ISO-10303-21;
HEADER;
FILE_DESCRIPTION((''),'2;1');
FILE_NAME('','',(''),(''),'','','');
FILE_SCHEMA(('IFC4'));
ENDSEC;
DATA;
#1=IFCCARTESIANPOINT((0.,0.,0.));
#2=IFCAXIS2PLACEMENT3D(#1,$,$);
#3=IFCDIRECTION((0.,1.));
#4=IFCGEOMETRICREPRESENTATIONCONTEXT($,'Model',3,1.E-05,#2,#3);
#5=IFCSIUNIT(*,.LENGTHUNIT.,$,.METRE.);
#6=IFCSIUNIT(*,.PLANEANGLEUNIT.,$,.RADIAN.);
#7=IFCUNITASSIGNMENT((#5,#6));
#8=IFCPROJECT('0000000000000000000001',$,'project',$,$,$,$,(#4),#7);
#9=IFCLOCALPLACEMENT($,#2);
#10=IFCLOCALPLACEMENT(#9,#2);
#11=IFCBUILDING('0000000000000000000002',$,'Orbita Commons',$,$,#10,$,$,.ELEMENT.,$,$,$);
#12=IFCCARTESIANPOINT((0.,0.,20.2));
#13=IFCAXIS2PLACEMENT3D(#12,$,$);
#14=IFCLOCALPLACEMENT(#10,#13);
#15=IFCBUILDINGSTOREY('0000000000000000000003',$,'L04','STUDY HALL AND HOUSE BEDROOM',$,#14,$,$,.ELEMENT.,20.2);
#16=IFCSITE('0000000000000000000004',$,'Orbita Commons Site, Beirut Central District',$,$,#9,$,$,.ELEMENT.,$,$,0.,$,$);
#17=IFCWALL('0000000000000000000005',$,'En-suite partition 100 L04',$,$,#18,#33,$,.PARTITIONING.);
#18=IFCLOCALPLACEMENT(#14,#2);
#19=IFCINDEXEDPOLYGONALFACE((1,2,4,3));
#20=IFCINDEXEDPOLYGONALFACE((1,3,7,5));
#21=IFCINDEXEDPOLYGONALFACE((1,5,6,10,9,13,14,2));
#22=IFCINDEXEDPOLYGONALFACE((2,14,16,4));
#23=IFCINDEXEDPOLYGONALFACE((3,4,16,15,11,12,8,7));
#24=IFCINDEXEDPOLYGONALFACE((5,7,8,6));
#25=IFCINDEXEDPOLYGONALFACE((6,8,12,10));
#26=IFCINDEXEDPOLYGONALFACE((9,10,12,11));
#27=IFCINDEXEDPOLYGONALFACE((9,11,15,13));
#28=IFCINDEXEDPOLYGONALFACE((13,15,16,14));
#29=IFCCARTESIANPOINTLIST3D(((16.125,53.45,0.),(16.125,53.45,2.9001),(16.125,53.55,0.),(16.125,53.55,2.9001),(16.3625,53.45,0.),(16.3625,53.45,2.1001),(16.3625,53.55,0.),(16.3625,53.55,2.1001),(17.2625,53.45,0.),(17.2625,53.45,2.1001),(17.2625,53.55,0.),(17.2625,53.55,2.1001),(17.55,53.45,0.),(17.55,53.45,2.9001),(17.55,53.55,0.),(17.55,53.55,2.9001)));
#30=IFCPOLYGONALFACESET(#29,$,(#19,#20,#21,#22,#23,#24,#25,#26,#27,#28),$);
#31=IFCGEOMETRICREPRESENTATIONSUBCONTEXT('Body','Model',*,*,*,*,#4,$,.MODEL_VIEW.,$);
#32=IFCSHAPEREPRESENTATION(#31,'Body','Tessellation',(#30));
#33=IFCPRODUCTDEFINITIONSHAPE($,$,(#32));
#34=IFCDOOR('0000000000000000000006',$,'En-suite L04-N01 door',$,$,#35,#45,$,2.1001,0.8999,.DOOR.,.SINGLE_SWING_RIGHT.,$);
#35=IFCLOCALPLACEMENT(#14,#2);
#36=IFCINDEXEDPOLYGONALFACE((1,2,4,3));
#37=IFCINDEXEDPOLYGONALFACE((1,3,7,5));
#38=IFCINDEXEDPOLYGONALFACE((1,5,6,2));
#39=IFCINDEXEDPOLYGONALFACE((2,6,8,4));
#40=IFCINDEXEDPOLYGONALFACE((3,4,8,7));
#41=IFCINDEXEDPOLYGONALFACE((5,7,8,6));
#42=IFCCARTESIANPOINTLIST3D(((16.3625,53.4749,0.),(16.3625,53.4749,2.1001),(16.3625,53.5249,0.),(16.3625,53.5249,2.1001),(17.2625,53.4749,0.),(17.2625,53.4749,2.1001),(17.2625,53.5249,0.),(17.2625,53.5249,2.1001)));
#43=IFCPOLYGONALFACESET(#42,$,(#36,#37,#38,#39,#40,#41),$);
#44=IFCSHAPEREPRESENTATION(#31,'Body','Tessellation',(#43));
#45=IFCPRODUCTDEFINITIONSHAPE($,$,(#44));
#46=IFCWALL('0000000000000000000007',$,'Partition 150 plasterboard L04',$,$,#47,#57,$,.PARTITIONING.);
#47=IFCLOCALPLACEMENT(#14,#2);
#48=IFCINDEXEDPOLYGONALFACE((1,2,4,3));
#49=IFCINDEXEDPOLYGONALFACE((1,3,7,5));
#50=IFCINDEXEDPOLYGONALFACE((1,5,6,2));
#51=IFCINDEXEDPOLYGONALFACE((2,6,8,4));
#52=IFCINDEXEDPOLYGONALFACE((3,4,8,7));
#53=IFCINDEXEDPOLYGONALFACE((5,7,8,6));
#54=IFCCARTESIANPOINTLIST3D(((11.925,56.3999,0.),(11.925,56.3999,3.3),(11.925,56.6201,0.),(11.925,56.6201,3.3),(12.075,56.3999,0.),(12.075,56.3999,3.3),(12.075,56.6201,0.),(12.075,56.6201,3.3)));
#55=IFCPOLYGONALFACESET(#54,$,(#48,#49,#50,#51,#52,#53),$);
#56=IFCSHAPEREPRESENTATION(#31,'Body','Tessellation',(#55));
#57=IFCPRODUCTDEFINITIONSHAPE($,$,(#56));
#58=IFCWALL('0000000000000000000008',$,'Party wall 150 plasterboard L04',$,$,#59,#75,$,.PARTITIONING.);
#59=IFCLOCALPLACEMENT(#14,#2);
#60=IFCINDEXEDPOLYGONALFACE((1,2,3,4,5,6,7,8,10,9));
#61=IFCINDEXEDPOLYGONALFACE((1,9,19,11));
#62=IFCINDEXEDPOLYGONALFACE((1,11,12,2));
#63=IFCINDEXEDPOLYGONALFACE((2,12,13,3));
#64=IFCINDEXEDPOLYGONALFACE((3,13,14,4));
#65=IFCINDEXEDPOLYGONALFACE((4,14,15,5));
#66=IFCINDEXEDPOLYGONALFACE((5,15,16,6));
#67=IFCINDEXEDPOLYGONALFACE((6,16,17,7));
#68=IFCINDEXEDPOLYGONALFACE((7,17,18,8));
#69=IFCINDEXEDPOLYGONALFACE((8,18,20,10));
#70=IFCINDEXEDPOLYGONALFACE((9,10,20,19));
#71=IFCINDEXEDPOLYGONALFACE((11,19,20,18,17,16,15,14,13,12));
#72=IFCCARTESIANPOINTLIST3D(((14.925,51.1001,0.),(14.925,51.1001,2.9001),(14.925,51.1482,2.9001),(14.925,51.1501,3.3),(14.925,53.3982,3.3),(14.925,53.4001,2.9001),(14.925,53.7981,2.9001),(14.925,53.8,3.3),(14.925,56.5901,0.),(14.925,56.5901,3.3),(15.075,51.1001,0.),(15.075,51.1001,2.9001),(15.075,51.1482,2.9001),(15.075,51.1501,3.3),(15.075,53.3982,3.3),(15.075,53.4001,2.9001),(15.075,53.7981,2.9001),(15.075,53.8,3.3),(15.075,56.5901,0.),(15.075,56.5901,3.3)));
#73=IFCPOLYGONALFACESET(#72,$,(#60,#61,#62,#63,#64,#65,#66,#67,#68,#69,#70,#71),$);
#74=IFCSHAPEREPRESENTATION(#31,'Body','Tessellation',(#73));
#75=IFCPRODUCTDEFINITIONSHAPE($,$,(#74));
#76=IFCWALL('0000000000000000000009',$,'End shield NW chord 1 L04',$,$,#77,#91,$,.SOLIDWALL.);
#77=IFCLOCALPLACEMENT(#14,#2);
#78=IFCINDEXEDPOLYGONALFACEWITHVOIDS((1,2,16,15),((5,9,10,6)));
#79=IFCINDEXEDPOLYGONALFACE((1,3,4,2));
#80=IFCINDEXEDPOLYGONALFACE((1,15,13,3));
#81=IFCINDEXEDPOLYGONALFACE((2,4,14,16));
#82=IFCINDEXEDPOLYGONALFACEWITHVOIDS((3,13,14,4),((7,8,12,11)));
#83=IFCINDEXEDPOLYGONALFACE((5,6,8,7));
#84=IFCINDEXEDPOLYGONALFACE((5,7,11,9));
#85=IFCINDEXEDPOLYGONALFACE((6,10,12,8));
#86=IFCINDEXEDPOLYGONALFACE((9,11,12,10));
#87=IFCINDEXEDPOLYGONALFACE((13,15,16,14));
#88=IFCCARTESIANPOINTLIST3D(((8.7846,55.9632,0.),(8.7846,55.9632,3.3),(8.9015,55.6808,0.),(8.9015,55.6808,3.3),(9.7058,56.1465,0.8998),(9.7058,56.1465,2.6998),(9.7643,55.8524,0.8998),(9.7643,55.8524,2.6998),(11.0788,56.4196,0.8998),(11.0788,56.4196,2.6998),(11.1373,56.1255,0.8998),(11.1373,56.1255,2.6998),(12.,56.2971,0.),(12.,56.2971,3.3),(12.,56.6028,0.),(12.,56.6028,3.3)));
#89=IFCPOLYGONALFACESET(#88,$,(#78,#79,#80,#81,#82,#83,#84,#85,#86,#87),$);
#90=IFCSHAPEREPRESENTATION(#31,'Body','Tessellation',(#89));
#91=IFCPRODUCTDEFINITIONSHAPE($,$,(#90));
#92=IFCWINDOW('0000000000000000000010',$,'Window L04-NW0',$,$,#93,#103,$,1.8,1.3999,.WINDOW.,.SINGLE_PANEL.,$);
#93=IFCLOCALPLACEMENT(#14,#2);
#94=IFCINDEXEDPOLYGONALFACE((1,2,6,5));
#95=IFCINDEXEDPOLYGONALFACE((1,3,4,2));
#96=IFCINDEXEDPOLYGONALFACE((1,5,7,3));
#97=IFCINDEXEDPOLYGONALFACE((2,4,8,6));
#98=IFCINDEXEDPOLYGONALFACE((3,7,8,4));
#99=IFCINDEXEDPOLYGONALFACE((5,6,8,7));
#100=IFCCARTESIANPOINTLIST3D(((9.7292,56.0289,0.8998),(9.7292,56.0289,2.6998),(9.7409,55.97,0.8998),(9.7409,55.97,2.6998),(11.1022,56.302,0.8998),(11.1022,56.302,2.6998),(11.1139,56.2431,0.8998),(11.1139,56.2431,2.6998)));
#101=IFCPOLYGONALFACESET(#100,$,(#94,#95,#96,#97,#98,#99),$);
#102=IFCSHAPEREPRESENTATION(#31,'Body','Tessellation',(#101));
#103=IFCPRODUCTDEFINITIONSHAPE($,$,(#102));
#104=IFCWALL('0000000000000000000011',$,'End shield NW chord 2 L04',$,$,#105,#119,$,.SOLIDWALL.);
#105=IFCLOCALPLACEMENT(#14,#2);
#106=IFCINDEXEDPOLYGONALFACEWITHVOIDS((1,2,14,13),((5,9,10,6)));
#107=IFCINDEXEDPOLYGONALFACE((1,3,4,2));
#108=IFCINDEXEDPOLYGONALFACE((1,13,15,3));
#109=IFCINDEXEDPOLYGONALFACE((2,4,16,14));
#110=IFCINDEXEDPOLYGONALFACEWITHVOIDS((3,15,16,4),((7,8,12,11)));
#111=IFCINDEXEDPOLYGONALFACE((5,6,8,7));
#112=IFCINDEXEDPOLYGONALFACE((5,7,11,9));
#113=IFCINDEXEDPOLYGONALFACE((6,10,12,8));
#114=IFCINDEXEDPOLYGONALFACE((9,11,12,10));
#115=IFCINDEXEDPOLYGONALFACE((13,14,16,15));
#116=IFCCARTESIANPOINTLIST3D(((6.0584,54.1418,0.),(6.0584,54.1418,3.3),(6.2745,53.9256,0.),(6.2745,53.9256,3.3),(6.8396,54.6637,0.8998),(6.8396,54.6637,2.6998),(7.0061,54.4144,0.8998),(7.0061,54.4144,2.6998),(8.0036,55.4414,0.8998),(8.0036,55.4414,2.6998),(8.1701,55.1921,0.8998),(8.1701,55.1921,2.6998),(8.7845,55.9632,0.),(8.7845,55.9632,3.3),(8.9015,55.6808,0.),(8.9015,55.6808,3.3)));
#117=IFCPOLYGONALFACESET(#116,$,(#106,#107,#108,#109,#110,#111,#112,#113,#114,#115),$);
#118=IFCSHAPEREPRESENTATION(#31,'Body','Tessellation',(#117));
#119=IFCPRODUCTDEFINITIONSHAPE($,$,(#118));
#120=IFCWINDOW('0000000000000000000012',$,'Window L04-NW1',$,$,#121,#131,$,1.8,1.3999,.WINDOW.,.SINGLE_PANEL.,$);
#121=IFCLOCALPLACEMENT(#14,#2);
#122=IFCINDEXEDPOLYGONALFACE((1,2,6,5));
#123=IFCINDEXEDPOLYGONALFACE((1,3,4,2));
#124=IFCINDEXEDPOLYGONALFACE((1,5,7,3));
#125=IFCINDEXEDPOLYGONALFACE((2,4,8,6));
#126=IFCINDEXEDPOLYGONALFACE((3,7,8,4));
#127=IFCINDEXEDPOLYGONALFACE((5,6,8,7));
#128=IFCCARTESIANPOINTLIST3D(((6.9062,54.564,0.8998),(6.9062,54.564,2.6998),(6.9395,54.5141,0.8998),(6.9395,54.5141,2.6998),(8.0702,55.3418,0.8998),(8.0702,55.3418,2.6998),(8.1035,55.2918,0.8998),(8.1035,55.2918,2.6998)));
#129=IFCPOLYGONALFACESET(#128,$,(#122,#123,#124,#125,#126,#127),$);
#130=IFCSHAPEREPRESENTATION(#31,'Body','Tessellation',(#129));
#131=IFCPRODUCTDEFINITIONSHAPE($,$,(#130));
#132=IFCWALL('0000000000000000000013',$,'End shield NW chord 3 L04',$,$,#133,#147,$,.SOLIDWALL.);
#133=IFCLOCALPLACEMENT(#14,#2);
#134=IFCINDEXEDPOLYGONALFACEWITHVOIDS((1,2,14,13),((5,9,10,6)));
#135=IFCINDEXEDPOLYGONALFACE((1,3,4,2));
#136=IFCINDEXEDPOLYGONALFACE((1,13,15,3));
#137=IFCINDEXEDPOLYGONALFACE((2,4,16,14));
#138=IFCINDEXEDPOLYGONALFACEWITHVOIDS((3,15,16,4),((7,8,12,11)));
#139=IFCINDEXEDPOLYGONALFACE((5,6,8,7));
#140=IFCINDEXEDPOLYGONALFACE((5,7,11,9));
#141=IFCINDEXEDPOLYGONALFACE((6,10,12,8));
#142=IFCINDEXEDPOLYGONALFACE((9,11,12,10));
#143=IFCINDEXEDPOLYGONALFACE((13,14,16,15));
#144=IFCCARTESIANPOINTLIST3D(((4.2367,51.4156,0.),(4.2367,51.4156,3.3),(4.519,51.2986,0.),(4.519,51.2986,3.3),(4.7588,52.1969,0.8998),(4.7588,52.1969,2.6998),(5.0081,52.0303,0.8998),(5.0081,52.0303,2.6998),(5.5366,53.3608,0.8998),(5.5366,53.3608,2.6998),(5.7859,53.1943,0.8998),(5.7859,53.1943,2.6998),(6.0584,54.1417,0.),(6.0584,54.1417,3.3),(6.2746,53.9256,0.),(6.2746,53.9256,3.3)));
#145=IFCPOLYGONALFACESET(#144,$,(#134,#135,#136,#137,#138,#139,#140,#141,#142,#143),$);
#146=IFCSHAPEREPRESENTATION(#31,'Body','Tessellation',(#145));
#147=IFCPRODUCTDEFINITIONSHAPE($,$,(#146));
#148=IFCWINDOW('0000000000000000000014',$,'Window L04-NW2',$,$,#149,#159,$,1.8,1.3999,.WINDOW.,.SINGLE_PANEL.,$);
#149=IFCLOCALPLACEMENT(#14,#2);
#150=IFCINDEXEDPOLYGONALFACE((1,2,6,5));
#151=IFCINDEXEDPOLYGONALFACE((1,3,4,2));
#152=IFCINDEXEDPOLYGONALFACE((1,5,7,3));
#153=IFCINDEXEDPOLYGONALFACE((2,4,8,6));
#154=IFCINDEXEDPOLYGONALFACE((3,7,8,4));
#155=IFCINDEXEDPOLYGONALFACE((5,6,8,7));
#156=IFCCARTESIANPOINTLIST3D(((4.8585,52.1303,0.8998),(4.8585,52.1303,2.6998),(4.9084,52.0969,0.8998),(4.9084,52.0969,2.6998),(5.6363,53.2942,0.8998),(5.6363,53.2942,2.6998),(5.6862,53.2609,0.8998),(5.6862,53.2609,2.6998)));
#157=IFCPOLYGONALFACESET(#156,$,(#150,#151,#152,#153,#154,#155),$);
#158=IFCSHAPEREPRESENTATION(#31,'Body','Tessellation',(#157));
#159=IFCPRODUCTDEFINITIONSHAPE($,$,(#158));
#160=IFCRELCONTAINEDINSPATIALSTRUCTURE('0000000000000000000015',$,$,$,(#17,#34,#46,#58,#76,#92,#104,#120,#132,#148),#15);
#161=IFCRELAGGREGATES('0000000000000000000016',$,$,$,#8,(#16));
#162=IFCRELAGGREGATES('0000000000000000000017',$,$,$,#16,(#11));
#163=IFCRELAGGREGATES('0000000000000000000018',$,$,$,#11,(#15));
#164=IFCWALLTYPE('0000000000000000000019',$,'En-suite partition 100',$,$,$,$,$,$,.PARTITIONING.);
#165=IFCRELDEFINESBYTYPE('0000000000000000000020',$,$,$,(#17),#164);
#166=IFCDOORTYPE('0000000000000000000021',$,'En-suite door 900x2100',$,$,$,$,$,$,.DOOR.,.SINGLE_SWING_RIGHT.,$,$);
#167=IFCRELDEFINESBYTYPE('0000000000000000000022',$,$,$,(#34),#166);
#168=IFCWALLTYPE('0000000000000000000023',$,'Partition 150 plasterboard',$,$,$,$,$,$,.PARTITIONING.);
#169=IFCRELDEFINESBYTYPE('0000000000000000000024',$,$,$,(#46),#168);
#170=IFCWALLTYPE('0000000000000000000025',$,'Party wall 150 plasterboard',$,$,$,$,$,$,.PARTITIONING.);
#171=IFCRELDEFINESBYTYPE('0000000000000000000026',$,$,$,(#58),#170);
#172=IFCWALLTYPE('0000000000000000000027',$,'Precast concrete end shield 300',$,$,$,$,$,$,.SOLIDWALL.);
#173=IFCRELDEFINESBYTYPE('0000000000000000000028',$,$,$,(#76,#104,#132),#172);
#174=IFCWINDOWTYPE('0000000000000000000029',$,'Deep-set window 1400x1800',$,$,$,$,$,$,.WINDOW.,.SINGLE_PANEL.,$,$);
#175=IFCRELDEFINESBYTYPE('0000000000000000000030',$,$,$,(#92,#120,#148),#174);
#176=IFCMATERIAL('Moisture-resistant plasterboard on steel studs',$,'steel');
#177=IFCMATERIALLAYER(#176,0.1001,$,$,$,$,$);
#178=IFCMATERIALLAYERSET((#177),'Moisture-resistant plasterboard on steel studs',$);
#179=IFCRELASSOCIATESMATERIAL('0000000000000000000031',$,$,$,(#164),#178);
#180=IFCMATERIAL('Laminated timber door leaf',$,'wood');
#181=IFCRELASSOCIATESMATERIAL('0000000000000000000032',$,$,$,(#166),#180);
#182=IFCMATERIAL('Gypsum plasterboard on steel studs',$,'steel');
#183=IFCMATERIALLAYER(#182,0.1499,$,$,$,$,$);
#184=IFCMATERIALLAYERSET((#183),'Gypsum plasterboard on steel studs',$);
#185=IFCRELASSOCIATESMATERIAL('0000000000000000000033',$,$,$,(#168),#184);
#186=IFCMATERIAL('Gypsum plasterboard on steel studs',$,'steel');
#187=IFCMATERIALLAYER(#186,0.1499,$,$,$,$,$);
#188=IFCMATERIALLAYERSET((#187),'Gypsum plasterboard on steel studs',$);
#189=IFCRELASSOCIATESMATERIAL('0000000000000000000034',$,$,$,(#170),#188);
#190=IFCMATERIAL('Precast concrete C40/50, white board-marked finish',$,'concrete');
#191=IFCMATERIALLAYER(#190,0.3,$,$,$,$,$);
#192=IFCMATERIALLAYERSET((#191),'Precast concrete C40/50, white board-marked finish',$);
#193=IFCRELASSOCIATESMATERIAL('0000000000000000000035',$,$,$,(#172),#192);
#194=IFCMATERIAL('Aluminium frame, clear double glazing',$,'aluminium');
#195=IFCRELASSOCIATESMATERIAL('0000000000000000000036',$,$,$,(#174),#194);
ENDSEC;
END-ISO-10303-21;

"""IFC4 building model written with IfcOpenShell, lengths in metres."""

from ifc_helpers import new_model, si_unit, direction, frame, frame_2d, origin, place, context, subcontext, project, spatial, polyline, rectangle, outline, extrude, material, layer, layer_set, type_object, element, fill, save


model = new_model("IFC4")

# Units and contexts
model_context = context("Model", 3, precision=1e-05, world=origin(), true_north=direction((0.0, 1.0)))
body_context = subcontext(model_context, "Body", "Model", "MODEL_VIEW")
ifc_project = project(units=[si_unit("LENGTHUNIT", "METRE"), si_unit("PLANEANGLEUNIT", "RADIAN")], contexts=[model_context])

# Site, building, storey
site_placement = place(None, origin())
site = spatial("IfcSite", under=ifc_project, at=site_placement, Name="Orbita Commons Site, Beirut Central District", CompositionType="ELEMENT", RefElevation=0.0)
building_placement = place(site_placement, origin())
building = spatial("IfcBuilding", under=site, at=building_placement, Name="Orbita Commons", CompositionType="ELEMENT")
storey_placement = place(building_placement, frame((0.0, 0.0, 20.2)))
storey = spatial("IfcBuildingStorey", under=building, at=storey_placement, Name="L04", Description="STUDY HALL AND HOUSE BEDROOM", CompositionType="ELEMENT", Elevation=20.2)

# Wall, opening, door
ifc_material_1 = material(Name="Moisture-resistant plasterboard on steel studs", Category="steel")
ifc_layer_1 = layer(ifc_material_1, 0.1001)
ifc_layer_set_1 = layer_set([ifc_layer_1], Name="Moisture-resistant plasterboard on steel studs")
wall_type_1 = type_object("IfcWallType", Name="En-suite partition 100", PredefinedType="PARTITIONING", material=ifc_layer_set_1)
ifc_material_2 = material(Name="Laminated timber door leaf", Category="wood")
door_type = type_object("IfcDoorType", Name="En-suite door 900x2100", OperationType="SINGLE_SWING_RIGHT", PredefinedType="DOOR", material=ifc_material_2)
wall_1_placement = place(storey_placement, frame((16.125, 53.5, 0.0), z_axis=(0.0, 0.0, 1.0), x_axis=(1.0, 0.0, 0.0)))
wall_1 = element("IfcWall", 1, at=wall_1_placement, inside=storey, type_object=wall_type_1, Name="En-suite partition 100 L04", PredefinedType="PARTITIONING", context=body_context, shape_type="SweptSolid", body=[
    extrude(outline(polyline([(0.0, 0.0), (1.425, 0.0), (1.425, 2.9001), (0.0, 2.9001), (0.0, 0.0)])), frame((0.0, 0.05, 0.0), z_axis=(0.0, -1.0, 0.0), x_axis=(1.0, 0.0, 0.0)), (0.0, 0.0, 1.0), 0.1001),
])
opening_1_placement = place(wall_1_placement, frame((0.2375, 0.0, 0.0)))
opening_1 = element("IfcOpeningElement", 2, at=opening_1_placement, cuts=wall_1, PredefinedType="OPENING", context=body_context, shape_type="SweptSolid", body=[
    extrude(rectangle(XDim=0.8999, YDim=2.1001, at=frame_2d((0.45, 1.05))), frame((0.0, 0.0601, 0.0), z_axis=(0.0, -1.0, 0.0), x_axis=(1.0, 0.0, 0.0)), (0.0, 0.0, 1.0), 0.1201),
])
door_1_placement = place(opening_1_placement, origin())
door_1 = element("IfcDoor", 3, at=door_1_placement, inside=storey, type_object=door_type, Name="En-suite L04-N01 door", OperationType="SINGLE_SWING_RIGHT", OverallHeight=2.1001, OverallWidth=0.8999, PredefinedType="DOOR", context=body_context, shape_type="SweptSolid", body=[
    extrude(rectangle(XDim=0.8999, YDim=2.1001, at=frame_2d((0.45, 1.05))), frame((0.0, 0.0249, 0.0), z_axis=(0.0, -1.0, 0.0), x_axis=(1.0, 0.0, 0.0)), (0.0, 0.0, 1.0), 0.05),
])
fill(opening_1, door_1)

# Walls
ifc_material_3 = material(Name="Gypsum plasterboard on steel studs", Category="steel")
ifc_layer_2 = layer(ifc_material_3, 0.1499)
ifc_layer_set_2 = layer_set([ifc_layer_2], Name="Gypsum plasterboard on steel studs")
wall_type_2 = type_object("IfcWallType", Name="Partition 150 plasterboard", PredefinedType="PARTITIONING", material=ifc_layer_set_2)
wall_2_placement = place(storey_placement, frame((12.0, 56.3999, 0.0), z_axis=(0.0, 0.0, 1.0), x_axis=(0.0, 1.0, 0.0)))
element("IfcWall", 4, at=wall_2_placement, inside=storey, type_object=wall_type_2, Name="Partition 150 plasterboard L04", PredefinedType="PARTITIONING", context=body_context, shape_type="SweptSolid", body=[
    extrude(rectangle(XDim=0.2202, YDim=0.1499, at=frame_2d((0.1101, 0.0))), origin(), (0.0, 0.0, 1.0), 3.3),
])
ifc_material_4 = material(Name="Gypsum plasterboard on steel studs", Category="steel")
ifc_layer_3 = layer(ifc_material_4, 0.1499)
ifc_layer_set_3 = layer_set([ifc_layer_3], Name="Gypsum plasterboard on steel studs")
wall_type_3 = type_object("IfcWallType", Name="Party wall 150 plasterboard", PredefinedType="PARTITIONING", material=ifc_layer_set_3)
wall_3_placement = place(storey_placement, frame((15.0, 56.5901, 0.0), z_axis=(0.0, 0.0, 1.0), x_axis=(0.0, -1.0, 0.0)))
element("IfcWall", 5, at=wall_3_placement, inside=storey, type_object=wall_type_3, Name="Party wall 150 plasterboard L04", PredefinedType="PARTITIONING", context=body_context, shape_type="SweptSolid", body=[
    extrude(outline(polyline([(0.0, 0.0), (5.49, 0.0), (5.49, 2.9001), (5.4419, 2.9001), (5.4399, 3.3), (3.1919, 3.3), (3.1899, 2.9001), (2.792, 2.9001), (2.79, 3.3), (0.0, 3.3), (0.0, 0.0)])), frame((0.0, 0.075, 0.0), z_axis=(0.0, -1.0, 0.0), x_axis=(1.0, 0.0, 0.0)), (0.0, 0.0, 1.0), 0.1499),
])

# Walls, openings, windows
ifc_material_5 = material(Name="Precast concrete C40/50, white board-marked finish", Category="concrete")
ifc_layer_4 = layer(ifc_material_5, 0.3)
ifc_layer_set_4 = layer_set([ifc_layer_4], Name="Precast concrete C40/50, white board-marked finish")
wall_type_4 = type_object("IfcWallType", Name="Precast concrete end shield 300", PredefinedType="SOLIDWALL", material=ifc_layer_set_4)
wall_4_placement = place(storey_placement, frame((12.0, 56.45, 0.0), z_axis=(0.0, 0.0, 1.0), x_axis=(-0.980787, -0.19508, 0.0)))
wall_4 = element("IfcWall", 6, at=wall_4_placement, inside=storey, type_object=wall_type_4, Name="End shield NW chord 1 L04", PredefinedType="SOLIDWALL", context=body_context, shape_type="SweptSolid", body=[
    extrude(outline(polyline([(-0.0298, -0.1499), (3.2485, -0.1499), (3.189, 0.1499), (0.0298, 0.1499), (-0.0298, -0.1499)])), origin(), (0.0, 0.0, 1.0), 3.3),
])
opening_2_placement = place(wall_4_placement, frame((0.9094, 0.0, 0.8999)))
opening_2 = element("IfcOpeningElement", 7, at=opening_2_placement, cuts=wall_4, PredefinedType="OPENING", context=body_context, shape_type="SweptSolid", body=[
    extrude(rectangle(XDim=1.3999, YDim=1.8, at=frame_2d((0.7, 0.8999))), frame((0.0, 0.1599, 0.0), z_axis=(0.0, -1.0, 0.0), x_axis=(1.0, 0.0, 0.0)), (0.0, 0.0, 1.0), 0.3201),
])
ifc_material_6 = material(Name="Aluminium frame, clear double glazing", Category="aluminium")
window_type = type_object("IfcWindowType", Name="Deep-set window 1400x1800", PartitioningType="SINGLE_PANEL", PredefinedType="WINDOW", material=ifc_material_6)
window_1_placement = place(opening_2_placement, origin())
window_1 = element("IfcWindow", 8, at=window_1_placement, inside=storey, type_object=window_type, Name="Window L04-NW0", OverallHeight=1.8, OverallWidth=1.3999, PartitioningType="SINGLE_PANEL", PredefinedType="WINDOW", context=body_context, shape_type="SweptSolid", body=[
    extrude(rectangle(XDim=1.3999, YDim=1.8, at=frame_2d((0.7, 0.8999))), frame((0.0, 0.03, 0.0), z_axis=(0.0, -1.0, 0.0), x_axis=(1.0, 0.0, 0.0)), (0.0, 0.0, 1.0), 0.0601),
])
fill(opening_2, window_1)
wall_5_placement = place(storey_placement, frame((8.843, 55.822, 0.0), z_axis=(0.0, 0.0, 1.0), x_axis=(-0.831478, -0.555558, 0.0)))
wall_5 = element("IfcWall", 9, at=wall_5_placement, inside=storey, type_object=wall_type_4, Name="End shield NW chord 2 L04", PredefinedType="SOLIDWALL", context=body_context, shape_type="SweptSolid", body=[
    extrude(outline(polyline([(-0.0298, -0.1499), (3.2488, -0.1499), (3.1892, 0.1499), (0.0298, 0.1499), (-0.0298, -0.1499)])), origin(), (0.0, 0.0, 1.0), 3.3),
])
opening_3_placement = place(wall_5_placement, frame((0.9094, 0.0, 0.8999)))
opening_3 = element("IfcOpeningElement", 10, at=opening_3_placement, cuts=wall_5, PredefinedType="OPENING", context=body_context, shape_type="SweptSolid", body=[
    extrude(rectangle(XDim=1.3999, YDim=1.8, at=frame_2d((0.7, 0.8999))), frame((0.0, 0.1599, 0.0), z_axis=(0.0, -1.0, 0.0), x_axis=(1.0, 0.0, 0.0)), (0.0, 0.0, 1.0), 0.3201),
])
window_2_placement = place(opening_3_placement, origin())
window_2 = element("IfcWindow", 11, at=window_2_placement, inside=storey, type_object=window_type, Name="Window L04-NW1", OverallHeight=1.8, OverallWidth=1.3999, PartitioningType="SINGLE_PANEL", PredefinedType="WINDOW", context=body_context, shape_type="SweptSolid", body=[
    extrude(rectangle(XDim=1.3999, YDim=1.8, at=frame_2d((0.7, 0.8999))), frame((0.0, 0.03, 0.0), z_axis=(0.0, -1.0, 0.0), x_axis=(1.0, 0.0, 0.0)), (0.0, 0.0, 1.0), 0.0601),
])
fill(opening_3, window_2)
wall_6_placement = place(storey_placement, frame((6.1665, 54.0337, 0.0), z_axis=(0.0, 0.0, 1.0), x_axis=(-0.55561, -0.831443, 0.0)))
wall_6 = element("IfcWall", 12, at=wall_6_placement, inside=storey, type_object=wall_type_4, Name="End shield NW chord 3 L04", PredefinedType="SOLIDWALL", context=body_context, shape_type="SweptSolid", body=[
    extrude(outline(polyline([(-0.0298, -0.1499), (3.249, -0.1499), (3.1895, 0.1499), (0.0298, 0.1499), (-0.0298, -0.1499)])), origin(), (0.0, 0.0, 1.0), 3.3),
])
opening_4_placement = place(wall_6_placement, frame((0.9094, 0.0, 0.8999)))
opening_4 = element("IfcOpeningElement", 13, at=opening_4_placement, cuts=wall_6, PredefinedType="OPENING", context=body_context, shape_type="SweptSolid", body=[
    extrude(rectangle(XDim=1.3999, YDim=1.8, at=frame_2d((0.7, 0.8999))), frame((0.0, 0.1599, 0.0), z_axis=(0.0, -1.0, 0.0), x_axis=(1.0, 0.0, 0.0)), (0.0, 0.0, 1.0), 0.3201),
])
window_3_placement = place(opening_4_placement, origin())
window_3 = element("IfcWindow", 14, at=window_3_placement, inside=storey, type_object=window_type, Name="Window L04-NW2", OverallHeight=1.8, OverallWidth=1.3999, PartitioningType="SINGLE_PANEL", PredefinedType="WINDOW", context=body_context, shape_type="SweptSolid", body=[
    extrude(rectangle(XDim=1.3999, YDim=1.8, at=frame_2d((0.7, 0.8999))), frame((0.0, 0.03, 0.0), z_axis=(0.0, -1.0, 0.0), x_axis=(1.0, 0.0, 0.0)), (0.0, 0.0, 1.0), 0.0601),
])
fill(opening_4, window_3)

save(model, "model.ifc")
